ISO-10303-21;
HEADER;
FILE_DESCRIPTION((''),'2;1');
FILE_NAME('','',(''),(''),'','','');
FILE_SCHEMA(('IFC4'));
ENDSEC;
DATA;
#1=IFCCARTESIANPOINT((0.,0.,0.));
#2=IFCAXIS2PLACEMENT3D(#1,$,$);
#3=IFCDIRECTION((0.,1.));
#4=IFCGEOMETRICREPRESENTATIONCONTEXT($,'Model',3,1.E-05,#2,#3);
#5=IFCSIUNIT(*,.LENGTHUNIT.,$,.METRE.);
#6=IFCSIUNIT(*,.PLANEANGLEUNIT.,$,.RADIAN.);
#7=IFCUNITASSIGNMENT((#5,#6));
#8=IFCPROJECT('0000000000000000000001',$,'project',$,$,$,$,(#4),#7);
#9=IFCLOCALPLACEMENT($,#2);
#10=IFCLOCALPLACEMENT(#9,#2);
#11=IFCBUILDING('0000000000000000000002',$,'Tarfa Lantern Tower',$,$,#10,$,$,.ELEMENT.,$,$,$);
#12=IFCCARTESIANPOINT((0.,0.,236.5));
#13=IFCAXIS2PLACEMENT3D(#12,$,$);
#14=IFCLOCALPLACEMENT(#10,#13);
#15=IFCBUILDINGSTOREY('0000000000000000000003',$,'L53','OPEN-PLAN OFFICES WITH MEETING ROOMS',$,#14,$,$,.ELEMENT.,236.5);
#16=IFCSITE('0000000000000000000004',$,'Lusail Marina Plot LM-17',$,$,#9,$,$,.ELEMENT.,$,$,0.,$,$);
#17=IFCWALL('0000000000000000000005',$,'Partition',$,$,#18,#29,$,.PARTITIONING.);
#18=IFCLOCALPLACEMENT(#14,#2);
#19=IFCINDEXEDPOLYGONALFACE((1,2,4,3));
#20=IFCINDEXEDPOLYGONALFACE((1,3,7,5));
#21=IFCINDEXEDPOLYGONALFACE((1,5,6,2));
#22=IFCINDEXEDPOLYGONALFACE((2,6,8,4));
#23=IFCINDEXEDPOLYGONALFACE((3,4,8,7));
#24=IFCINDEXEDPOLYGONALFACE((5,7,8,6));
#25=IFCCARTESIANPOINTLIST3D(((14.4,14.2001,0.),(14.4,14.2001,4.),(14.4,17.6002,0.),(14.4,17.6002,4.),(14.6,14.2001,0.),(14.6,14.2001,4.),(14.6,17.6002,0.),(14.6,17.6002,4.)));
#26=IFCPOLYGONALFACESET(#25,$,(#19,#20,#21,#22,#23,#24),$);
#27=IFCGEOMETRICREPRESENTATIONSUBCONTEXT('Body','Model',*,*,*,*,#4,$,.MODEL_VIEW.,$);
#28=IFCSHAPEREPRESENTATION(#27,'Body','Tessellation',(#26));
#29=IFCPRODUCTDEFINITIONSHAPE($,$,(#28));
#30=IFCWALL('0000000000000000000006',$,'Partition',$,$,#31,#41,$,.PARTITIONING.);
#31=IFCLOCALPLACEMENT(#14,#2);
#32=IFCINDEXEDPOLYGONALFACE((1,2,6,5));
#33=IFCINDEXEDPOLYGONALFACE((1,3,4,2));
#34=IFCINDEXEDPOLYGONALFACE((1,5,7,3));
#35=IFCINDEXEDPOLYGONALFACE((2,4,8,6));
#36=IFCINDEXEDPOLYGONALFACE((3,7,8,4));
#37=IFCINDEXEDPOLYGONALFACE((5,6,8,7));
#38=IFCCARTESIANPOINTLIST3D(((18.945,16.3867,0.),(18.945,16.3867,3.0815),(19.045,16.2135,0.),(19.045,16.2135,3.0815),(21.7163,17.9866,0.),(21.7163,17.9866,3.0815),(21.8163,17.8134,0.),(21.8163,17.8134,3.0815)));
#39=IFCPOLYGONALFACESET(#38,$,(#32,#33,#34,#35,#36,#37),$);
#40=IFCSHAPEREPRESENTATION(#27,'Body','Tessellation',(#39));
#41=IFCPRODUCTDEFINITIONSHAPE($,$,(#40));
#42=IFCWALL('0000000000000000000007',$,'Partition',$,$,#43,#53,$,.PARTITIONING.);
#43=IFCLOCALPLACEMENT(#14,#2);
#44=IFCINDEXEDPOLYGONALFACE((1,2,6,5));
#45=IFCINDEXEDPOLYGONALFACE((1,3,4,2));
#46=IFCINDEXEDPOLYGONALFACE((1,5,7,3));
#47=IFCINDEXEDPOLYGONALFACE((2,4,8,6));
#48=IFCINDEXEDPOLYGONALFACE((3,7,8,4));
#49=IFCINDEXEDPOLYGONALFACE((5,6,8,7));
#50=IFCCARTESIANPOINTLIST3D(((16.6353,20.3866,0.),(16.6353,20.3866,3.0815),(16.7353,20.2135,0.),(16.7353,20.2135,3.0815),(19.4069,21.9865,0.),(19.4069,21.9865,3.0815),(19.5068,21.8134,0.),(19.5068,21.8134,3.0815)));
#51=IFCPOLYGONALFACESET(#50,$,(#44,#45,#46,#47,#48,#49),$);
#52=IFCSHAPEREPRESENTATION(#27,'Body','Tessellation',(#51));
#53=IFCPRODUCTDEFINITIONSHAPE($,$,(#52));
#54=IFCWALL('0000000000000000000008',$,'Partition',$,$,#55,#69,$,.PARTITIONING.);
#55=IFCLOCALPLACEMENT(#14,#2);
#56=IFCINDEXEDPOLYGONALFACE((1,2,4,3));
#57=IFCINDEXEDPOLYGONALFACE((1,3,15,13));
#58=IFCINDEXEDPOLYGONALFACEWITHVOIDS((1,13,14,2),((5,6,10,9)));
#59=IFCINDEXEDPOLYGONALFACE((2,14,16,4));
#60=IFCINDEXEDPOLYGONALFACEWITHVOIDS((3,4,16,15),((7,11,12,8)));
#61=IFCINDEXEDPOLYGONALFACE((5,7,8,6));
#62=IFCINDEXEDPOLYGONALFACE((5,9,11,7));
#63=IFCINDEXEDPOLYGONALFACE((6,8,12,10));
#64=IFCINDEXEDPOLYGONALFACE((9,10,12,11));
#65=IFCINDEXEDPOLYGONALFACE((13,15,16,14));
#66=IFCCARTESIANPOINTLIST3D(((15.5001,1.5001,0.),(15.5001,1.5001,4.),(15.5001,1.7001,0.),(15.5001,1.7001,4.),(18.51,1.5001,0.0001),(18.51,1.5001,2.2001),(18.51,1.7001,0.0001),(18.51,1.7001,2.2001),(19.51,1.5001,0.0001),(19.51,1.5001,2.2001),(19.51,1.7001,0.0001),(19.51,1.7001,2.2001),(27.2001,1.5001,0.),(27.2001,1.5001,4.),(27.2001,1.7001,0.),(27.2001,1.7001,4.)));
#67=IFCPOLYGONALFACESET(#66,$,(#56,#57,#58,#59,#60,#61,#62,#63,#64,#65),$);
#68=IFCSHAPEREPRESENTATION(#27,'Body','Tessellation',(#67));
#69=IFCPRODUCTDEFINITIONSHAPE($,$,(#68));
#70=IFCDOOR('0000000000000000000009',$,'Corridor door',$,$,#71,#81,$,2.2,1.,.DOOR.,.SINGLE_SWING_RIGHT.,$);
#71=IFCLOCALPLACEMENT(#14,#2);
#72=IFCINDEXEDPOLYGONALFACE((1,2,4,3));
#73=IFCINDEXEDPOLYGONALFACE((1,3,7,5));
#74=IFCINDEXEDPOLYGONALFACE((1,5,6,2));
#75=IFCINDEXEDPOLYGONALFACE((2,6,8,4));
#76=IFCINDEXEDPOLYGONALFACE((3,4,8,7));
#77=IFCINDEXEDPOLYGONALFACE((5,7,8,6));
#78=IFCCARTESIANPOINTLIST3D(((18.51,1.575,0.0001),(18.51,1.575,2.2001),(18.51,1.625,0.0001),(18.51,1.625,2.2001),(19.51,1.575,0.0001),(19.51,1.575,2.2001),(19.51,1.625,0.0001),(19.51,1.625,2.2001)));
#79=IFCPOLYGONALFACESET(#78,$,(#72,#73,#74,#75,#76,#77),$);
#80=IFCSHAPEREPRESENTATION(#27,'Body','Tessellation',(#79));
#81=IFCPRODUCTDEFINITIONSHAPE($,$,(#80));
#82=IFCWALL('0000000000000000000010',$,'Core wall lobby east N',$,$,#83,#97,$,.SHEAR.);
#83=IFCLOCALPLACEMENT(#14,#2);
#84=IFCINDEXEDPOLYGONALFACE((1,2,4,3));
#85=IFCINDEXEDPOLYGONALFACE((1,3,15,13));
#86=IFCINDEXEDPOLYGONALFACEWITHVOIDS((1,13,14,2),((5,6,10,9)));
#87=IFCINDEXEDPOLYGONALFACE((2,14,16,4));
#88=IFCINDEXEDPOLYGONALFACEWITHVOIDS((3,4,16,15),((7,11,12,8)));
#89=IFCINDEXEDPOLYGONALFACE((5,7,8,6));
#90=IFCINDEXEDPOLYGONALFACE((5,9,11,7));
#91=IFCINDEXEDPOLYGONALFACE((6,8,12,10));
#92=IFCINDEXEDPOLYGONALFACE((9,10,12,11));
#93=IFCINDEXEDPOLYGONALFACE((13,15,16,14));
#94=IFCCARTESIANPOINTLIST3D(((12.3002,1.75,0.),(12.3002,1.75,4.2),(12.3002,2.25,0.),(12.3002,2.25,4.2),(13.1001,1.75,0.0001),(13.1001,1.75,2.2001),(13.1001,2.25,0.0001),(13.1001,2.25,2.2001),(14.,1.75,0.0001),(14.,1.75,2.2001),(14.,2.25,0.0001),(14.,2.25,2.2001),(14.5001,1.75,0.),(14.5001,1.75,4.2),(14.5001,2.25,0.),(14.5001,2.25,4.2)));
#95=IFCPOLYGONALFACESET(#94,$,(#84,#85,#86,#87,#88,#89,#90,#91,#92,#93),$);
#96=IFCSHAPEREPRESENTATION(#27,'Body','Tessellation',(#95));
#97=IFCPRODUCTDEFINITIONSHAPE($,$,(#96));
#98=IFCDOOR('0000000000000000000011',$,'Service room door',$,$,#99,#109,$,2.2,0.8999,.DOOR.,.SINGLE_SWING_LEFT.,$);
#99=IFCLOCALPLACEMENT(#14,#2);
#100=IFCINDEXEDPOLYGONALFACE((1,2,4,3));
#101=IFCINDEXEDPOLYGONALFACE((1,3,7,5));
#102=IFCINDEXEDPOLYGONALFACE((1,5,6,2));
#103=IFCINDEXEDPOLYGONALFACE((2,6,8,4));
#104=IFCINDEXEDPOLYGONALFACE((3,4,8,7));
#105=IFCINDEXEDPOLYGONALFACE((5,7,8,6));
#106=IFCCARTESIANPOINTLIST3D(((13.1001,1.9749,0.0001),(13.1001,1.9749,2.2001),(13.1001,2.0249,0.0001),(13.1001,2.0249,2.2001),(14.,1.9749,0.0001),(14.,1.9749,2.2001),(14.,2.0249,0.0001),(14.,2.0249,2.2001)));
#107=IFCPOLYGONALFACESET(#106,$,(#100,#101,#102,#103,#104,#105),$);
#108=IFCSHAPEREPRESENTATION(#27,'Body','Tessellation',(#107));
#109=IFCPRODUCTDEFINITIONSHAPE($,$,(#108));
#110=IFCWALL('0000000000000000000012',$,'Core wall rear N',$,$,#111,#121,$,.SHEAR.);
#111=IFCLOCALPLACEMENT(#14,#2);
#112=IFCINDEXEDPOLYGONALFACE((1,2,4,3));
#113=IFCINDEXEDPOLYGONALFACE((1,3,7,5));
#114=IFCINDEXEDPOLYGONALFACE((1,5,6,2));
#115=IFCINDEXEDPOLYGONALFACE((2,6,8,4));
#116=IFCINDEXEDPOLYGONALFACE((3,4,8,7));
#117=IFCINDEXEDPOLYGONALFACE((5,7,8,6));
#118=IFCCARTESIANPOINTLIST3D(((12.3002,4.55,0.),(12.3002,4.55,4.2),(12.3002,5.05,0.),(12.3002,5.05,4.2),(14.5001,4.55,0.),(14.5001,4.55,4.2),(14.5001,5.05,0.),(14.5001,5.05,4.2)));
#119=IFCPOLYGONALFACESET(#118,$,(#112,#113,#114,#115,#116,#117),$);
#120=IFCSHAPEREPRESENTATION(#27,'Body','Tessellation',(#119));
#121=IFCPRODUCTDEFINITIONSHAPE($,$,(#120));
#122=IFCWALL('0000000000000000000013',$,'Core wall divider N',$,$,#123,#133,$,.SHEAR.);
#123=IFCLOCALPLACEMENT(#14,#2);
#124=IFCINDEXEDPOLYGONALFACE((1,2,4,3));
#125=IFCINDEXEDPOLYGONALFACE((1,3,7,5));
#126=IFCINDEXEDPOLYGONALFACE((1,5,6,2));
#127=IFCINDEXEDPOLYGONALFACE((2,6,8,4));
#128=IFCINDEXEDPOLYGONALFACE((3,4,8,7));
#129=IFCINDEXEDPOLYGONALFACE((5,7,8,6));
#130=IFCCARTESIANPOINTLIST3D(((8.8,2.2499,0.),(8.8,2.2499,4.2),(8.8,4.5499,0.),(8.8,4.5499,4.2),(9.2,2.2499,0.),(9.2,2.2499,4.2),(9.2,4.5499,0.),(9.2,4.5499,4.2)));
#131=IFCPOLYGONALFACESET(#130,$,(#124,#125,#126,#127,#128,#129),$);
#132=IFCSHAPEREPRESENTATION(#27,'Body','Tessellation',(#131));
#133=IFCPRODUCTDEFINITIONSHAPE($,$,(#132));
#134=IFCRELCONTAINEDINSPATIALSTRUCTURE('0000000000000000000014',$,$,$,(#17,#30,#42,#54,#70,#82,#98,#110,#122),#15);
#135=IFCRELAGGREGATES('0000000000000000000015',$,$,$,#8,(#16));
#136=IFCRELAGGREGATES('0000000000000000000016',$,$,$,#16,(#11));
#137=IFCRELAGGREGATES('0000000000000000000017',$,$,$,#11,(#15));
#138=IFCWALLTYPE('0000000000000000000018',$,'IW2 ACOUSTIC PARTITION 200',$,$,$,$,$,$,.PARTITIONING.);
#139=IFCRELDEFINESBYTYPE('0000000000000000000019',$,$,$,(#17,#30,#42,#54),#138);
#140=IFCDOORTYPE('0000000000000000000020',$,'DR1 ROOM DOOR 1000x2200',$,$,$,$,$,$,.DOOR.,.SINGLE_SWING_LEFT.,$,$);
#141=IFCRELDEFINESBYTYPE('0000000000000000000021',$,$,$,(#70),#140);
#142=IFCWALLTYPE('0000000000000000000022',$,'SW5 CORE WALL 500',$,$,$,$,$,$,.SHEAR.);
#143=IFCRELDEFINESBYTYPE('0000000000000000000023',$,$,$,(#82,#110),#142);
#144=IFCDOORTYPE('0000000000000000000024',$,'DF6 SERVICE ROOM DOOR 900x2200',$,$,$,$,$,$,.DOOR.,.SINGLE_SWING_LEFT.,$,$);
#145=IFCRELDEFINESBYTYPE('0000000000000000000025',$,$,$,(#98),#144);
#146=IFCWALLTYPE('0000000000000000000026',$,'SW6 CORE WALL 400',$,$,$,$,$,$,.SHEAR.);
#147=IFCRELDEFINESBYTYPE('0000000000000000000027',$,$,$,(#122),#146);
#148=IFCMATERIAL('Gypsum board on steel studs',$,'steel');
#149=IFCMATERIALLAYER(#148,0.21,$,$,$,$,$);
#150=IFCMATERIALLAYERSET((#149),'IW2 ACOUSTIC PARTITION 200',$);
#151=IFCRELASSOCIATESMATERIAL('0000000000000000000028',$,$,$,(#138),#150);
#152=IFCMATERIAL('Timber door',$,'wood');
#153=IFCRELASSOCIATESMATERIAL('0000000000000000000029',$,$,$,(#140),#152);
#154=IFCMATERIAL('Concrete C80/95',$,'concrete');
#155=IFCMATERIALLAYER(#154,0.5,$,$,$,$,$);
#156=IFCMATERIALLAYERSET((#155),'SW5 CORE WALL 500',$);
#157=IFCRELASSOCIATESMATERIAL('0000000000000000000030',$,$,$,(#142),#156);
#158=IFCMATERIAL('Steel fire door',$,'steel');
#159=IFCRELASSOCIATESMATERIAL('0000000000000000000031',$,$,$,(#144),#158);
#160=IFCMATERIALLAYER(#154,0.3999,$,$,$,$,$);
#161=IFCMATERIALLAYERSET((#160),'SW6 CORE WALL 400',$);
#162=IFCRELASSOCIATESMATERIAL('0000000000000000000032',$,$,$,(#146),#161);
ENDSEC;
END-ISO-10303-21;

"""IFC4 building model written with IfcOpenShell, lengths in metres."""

from ifc_helpers import new_model, si_unit, direction, frame, frame_2d, origin, place, context, subcontext, project, spatial, rectangle, extrude, material, layer, layer_set, type_object, element, fill, save


model = new_model("IFC4")

# Units and contexts
model_context = context("Model", 3, precision=1e-05, world=origin(), true_north=direction((0.0, 1.0)))
body_context = subcontext(model_context, "Body", "Model", "MODEL_VIEW")
ifc_project = project(units=[si_unit("LENGTHUNIT", "METRE"), si_unit("PLANEANGLEUNIT", "RADIAN")], contexts=[model_context])

# Site, building, storey
site_placement = place(None, origin())
site = spatial("IfcSite", under=ifc_project, at=site_placement, Name="Lusail Marina Plot LM-17", CompositionType="ELEMENT", RefElevation=0.0)
building_placement = place(site_placement, origin())
building = spatial("IfcBuilding", under=site, at=building_placement, Name="Tarfa Lantern Tower", CompositionType="ELEMENT")
storey_placement = place(building_placement, frame((0.0, 0.0, 236.5)))
storey = spatial("IfcBuildingStorey", under=building, at=storey_placement, Name="L53", Description="OPEN-PLAN OFFICES WITH MEETING ROOMS", CompositionType="ELEMENT", Elevation=236.5)

# Shared definitions
ifc_material_1 = material(Name="Concrete C80/95", Category="concrete")

# Walls
ifc_material_2 = material(Name="Gypsum board on steel studs", Category="steel")
ifc_layer_1 = layer(ifc_material_2, 0.21)
ifc_layer_set_1 = layer_set([ifc_layer_1], Name="IW2 ACOUSTIC PARTITION 200")
wall_type_1 = type_object("IfcWallType", Name="IW2 ACOUSTIC PARTITION 200", PredefinedType="PARTITIONING", material=ifc_layer_set_1)
wall_1_placement = place(storey_placement, frame((14.5, 14.2, 0.0), z_axis=(0.0, 0.0, 1.0), x_axis=(0.0, 1.0, 0.0)))
element("IfcWall", 1, at=wall_1_placement, inside=storey, type_object=wall_type_1, Name="Partition", PredefinedType="PARTITIONING", context=body_context, shape_type="SweptSolid", body=[
    extrude(rectangle(XDim=3.4001, YDim=0.2, at=frame_2d((1.7002, 0.0))), origin(), (0.0, 0.0, 1.0), 4.0),
])
wall_2_placement = place(storey_placement, frame((18.9949, 16.3, 0.0), z_axis=(0.0, 0.0, 1.0), x_axis=(0.866042, 0.499971, 0.0)))
element("IfcWall", 2, at=wall_2_placement, inside=storey, type_object=wall_type_1, Name="Partition", PredefinedType="PARTITIONING", context=body_context, shape_type="SweptSolid", body=[
    extrude(rectangle(XDim=3.2, YDim=0.2, at=frame_2d((1.6001, 0.0))), origin(), (0.0, 0.0, 1.0), 3.0815),
])
wall_3_placement = place(storey_placement, frame((16.6853, 20.3, 0.0), z_axis=(0.0, 0.0, 1.0), x_axis=(0.866061, 0.499938, 0.0)))
element("IfcWall", 3, at=wall_3_placement, inside=storey, type_object=wall_type_1, Name="Partition", PredefinedType="PARTITIONING", context=body_context, shape_type="SweptSolid", body=[
    extrude(rectangle(XDim=3.2002, YDim=0.2, at=frame_2d((1.6001, 0.0))), origin(), (0.0, 0.0, 1.0), 3.0815),
])

# Walls, openings, doors
wall_4_placement = place(storey_placement, frame((15.5, 1.6001, 0.0), z_axis=(0.0, 0.0, 1.0), x_axis=(1.0, 0.0, 0.0)))
wall_4 = element("IfcWall", 4, at=wall_4_placement, inside=storey, type_object=wall_type_1, Name="Partition", PredefinedType="PARTITIONING", context=body_context, shape_type="SweptSolid", body=[
    extrude(rectangle(XDim=11.7, YDim=0.2, at=frame_2d((5.8501, 0.0))), origin(), (0.0, 0.0, 1.0), 4.0),
])
opening_1_placement = place(wall_4_placement, frame((3.01, 0.0, 0.0)))
opening_1 = element("IfcOpeningElement", 5, at=opening_1_placement, cuts=wall_4, PredefinedType="OPENING", context=body_context, shape_type="SweptSolid", body=[
    extrude(rectangle(XDim=1.0, YDim=2.2, at=frame_2d((0.5, 1.1001))), frame((0.0, 0.1099, 0.0), z_axis=(0.0, -1.0, 0.0), x_axis=(1.0, 0.0, 0.0)), (0.0, 0.0, 1.0), 0.22),
])
ifc_material_3 = material(Name="Timber door", Category="wood")
door_type_1 = type_object("IfcDoorType", Name="DR1 ROOM DOOR 1000x2200", OperationType="SINGLE_SWING_LEFT", PredefinedType="DOOR", material=ifc_material_3)
door_1_placement = place(opening_1_placement, origin())
door_1 = element("IfcDoor", 6, at=door_1_placement, inside=storey, type_object=door_type_1, Name="Corridor door", OperationType="SINGLE_SWING_RIGHT", OverallHeight=2.2, OverallWidth=1.0, PredefinedType="DOOR", context=body_context, shape_type="SweptSolid", body=[
    extrude(rectangle(XDim=1.0, YDim=2.2, at=frame_2d((0.5, 1.1001))), frame((0.0, 0.0249, 0.0), z_axis=(0.0, -1.0, 0.0), x_axis=(1.0, 0.0, 0.0)), (0.0, 0.0, 1.0), 0.05),
])
fill(opening_1, door_1)
ifc_layer_2 = layer(ifc_material_1, 0.5)
ifc_layer_set_2 = layer_set([ifc_layer_2], Name="SW5 CORE WALL 500")
wall_type_2 = type_object("IfcWallType", Name="SW5 CORE WALL 500", PredefinedType="SHEAR", material=ifc_layer_set_2)
wall_5_placement = place(storey_placement, frame((12.3, 2.0, 0.0), z_axis=(0.0, 0.0, 1.0), x_axis=(1.0, 0.0, 0.0)))
wall_5 = element("IfcWall", 7, at=wall_5_placement, inside=storey, type_object=wall_type_2, Name="Core wall lobby east N", PredefinedType="SHEAR", context=body_context, shape_type="SweptSolid", body=[
    extrude(rectangle(XDim=2.2, YDim=0.5, at=frame_2d((1.1001, 0.0))), origin(), (0.0, 0.0, 1.0), 4.2),
])
opening_2_placement = place(wall_5_placement, frame((0.8, 0.0, 0.0)))
opening_2 = element("IfcOpeningElement", 8, at=opening_2_placement, cuts=wall_5, PredefinedType="OPENING", context=body_context, shape_type="SweptSolid", body=[
    extrude(rectangle(XDim=0.8999, YDim=2.2, at=frame_2d((0.45, 1.1001))), frame((0.0, 0.26, 0.0), z_axis=(0.0, -1.0, 0.0), x_axis=(1.0, 0.0, 0.0)), (0.0, 0.0, 1.0), 0.52),
])
ifc_material_4 = material(Name="Steel fire door", Category="steel")
door_type_2 = type_object("IfcDoorType", Name="DF6 SERVICE ROOM DOOR 900x2200", OperationType="SINGLE_SWING_LEFT", PredefinedType="DOOR", material=ifc_material_4)
door_2_placement = place(opening_2_placement, origin())
door_2 = element("IfcDoor", 9, at=door_2_placement, inside=storey, type_object=door_type_2, Name="Service room door", OperationType="SINGLE_SWING_LEFT", OverallHeight=2.2, OverallWidth=0.8999, PredefinedType="DOOR", context=body_context, shape_type="SweptSolid", body=[
    extrude(rectangle(XDim=0.8999, YDim=2.2, at=frame_2d((0.45, 1.1001))), frame((0.0, 0.0249, 0.0), z_axis=(0.0, -1.0, 0.0), x_axis=(1.0, 0.0, 0.0)), (0.0, 0.0, 1.0), 0.05),
])
fill(opening_2, door_2)

# Walls
wall_6_placement = place(storey_placement, frame((12.3, 4.8, 0.0), z_axis=(0.0, 0.0, 1.0), x_axis=(1.0, 0.0, 0.0)))
element("IfcWall", 10, at=wall_6_placement, inside=storey, type_object=wall_type_2, Name="Core wall rear N", PredefinedType="SHEAR", context=body_context, shape_type="SweptSolid", body=[
    extrude(rectangle(XDim=2.2, YDim=0.5, at=frame_2d((1.1001, 0.0))), origin(), (0.0, 0.0, 1.0), 4.2),
])
ifc_layer_3 = layer(ifc_material_1, 0.3999)
ifc_layer_set_3 = layer_set([ifc_layer_3], Name="SW6 CORE WALL 400")
wall_type_3 = type_object("IfcWallType", Name="SW6 CORE WALL 400", PredefinedType="SHEAR", material=ifc_layer_set_3)
wall_7_placement = place(storey_placement, frame((9.0, 2.25, 0.0), z_axis=(0.0, 0.0, 1.0), x_axis=(0.0, 1.0, 0.0)))
element("IfcWall", 11, at=wall_7_placement, inside=storey, type_object=wall_type_3, Name="Core wall divider N", PredefinedType="SHEAR", context=body_context, shape_type="SweptSolid", body=[
    extrude(rectangle(XDim=2.3, YDim=0.3999, at=frame_2d((1.1499, 0.0))), origin(), (0.0, 0.0, 1.0), 4.2),
])

save(model, "model.ifc")
